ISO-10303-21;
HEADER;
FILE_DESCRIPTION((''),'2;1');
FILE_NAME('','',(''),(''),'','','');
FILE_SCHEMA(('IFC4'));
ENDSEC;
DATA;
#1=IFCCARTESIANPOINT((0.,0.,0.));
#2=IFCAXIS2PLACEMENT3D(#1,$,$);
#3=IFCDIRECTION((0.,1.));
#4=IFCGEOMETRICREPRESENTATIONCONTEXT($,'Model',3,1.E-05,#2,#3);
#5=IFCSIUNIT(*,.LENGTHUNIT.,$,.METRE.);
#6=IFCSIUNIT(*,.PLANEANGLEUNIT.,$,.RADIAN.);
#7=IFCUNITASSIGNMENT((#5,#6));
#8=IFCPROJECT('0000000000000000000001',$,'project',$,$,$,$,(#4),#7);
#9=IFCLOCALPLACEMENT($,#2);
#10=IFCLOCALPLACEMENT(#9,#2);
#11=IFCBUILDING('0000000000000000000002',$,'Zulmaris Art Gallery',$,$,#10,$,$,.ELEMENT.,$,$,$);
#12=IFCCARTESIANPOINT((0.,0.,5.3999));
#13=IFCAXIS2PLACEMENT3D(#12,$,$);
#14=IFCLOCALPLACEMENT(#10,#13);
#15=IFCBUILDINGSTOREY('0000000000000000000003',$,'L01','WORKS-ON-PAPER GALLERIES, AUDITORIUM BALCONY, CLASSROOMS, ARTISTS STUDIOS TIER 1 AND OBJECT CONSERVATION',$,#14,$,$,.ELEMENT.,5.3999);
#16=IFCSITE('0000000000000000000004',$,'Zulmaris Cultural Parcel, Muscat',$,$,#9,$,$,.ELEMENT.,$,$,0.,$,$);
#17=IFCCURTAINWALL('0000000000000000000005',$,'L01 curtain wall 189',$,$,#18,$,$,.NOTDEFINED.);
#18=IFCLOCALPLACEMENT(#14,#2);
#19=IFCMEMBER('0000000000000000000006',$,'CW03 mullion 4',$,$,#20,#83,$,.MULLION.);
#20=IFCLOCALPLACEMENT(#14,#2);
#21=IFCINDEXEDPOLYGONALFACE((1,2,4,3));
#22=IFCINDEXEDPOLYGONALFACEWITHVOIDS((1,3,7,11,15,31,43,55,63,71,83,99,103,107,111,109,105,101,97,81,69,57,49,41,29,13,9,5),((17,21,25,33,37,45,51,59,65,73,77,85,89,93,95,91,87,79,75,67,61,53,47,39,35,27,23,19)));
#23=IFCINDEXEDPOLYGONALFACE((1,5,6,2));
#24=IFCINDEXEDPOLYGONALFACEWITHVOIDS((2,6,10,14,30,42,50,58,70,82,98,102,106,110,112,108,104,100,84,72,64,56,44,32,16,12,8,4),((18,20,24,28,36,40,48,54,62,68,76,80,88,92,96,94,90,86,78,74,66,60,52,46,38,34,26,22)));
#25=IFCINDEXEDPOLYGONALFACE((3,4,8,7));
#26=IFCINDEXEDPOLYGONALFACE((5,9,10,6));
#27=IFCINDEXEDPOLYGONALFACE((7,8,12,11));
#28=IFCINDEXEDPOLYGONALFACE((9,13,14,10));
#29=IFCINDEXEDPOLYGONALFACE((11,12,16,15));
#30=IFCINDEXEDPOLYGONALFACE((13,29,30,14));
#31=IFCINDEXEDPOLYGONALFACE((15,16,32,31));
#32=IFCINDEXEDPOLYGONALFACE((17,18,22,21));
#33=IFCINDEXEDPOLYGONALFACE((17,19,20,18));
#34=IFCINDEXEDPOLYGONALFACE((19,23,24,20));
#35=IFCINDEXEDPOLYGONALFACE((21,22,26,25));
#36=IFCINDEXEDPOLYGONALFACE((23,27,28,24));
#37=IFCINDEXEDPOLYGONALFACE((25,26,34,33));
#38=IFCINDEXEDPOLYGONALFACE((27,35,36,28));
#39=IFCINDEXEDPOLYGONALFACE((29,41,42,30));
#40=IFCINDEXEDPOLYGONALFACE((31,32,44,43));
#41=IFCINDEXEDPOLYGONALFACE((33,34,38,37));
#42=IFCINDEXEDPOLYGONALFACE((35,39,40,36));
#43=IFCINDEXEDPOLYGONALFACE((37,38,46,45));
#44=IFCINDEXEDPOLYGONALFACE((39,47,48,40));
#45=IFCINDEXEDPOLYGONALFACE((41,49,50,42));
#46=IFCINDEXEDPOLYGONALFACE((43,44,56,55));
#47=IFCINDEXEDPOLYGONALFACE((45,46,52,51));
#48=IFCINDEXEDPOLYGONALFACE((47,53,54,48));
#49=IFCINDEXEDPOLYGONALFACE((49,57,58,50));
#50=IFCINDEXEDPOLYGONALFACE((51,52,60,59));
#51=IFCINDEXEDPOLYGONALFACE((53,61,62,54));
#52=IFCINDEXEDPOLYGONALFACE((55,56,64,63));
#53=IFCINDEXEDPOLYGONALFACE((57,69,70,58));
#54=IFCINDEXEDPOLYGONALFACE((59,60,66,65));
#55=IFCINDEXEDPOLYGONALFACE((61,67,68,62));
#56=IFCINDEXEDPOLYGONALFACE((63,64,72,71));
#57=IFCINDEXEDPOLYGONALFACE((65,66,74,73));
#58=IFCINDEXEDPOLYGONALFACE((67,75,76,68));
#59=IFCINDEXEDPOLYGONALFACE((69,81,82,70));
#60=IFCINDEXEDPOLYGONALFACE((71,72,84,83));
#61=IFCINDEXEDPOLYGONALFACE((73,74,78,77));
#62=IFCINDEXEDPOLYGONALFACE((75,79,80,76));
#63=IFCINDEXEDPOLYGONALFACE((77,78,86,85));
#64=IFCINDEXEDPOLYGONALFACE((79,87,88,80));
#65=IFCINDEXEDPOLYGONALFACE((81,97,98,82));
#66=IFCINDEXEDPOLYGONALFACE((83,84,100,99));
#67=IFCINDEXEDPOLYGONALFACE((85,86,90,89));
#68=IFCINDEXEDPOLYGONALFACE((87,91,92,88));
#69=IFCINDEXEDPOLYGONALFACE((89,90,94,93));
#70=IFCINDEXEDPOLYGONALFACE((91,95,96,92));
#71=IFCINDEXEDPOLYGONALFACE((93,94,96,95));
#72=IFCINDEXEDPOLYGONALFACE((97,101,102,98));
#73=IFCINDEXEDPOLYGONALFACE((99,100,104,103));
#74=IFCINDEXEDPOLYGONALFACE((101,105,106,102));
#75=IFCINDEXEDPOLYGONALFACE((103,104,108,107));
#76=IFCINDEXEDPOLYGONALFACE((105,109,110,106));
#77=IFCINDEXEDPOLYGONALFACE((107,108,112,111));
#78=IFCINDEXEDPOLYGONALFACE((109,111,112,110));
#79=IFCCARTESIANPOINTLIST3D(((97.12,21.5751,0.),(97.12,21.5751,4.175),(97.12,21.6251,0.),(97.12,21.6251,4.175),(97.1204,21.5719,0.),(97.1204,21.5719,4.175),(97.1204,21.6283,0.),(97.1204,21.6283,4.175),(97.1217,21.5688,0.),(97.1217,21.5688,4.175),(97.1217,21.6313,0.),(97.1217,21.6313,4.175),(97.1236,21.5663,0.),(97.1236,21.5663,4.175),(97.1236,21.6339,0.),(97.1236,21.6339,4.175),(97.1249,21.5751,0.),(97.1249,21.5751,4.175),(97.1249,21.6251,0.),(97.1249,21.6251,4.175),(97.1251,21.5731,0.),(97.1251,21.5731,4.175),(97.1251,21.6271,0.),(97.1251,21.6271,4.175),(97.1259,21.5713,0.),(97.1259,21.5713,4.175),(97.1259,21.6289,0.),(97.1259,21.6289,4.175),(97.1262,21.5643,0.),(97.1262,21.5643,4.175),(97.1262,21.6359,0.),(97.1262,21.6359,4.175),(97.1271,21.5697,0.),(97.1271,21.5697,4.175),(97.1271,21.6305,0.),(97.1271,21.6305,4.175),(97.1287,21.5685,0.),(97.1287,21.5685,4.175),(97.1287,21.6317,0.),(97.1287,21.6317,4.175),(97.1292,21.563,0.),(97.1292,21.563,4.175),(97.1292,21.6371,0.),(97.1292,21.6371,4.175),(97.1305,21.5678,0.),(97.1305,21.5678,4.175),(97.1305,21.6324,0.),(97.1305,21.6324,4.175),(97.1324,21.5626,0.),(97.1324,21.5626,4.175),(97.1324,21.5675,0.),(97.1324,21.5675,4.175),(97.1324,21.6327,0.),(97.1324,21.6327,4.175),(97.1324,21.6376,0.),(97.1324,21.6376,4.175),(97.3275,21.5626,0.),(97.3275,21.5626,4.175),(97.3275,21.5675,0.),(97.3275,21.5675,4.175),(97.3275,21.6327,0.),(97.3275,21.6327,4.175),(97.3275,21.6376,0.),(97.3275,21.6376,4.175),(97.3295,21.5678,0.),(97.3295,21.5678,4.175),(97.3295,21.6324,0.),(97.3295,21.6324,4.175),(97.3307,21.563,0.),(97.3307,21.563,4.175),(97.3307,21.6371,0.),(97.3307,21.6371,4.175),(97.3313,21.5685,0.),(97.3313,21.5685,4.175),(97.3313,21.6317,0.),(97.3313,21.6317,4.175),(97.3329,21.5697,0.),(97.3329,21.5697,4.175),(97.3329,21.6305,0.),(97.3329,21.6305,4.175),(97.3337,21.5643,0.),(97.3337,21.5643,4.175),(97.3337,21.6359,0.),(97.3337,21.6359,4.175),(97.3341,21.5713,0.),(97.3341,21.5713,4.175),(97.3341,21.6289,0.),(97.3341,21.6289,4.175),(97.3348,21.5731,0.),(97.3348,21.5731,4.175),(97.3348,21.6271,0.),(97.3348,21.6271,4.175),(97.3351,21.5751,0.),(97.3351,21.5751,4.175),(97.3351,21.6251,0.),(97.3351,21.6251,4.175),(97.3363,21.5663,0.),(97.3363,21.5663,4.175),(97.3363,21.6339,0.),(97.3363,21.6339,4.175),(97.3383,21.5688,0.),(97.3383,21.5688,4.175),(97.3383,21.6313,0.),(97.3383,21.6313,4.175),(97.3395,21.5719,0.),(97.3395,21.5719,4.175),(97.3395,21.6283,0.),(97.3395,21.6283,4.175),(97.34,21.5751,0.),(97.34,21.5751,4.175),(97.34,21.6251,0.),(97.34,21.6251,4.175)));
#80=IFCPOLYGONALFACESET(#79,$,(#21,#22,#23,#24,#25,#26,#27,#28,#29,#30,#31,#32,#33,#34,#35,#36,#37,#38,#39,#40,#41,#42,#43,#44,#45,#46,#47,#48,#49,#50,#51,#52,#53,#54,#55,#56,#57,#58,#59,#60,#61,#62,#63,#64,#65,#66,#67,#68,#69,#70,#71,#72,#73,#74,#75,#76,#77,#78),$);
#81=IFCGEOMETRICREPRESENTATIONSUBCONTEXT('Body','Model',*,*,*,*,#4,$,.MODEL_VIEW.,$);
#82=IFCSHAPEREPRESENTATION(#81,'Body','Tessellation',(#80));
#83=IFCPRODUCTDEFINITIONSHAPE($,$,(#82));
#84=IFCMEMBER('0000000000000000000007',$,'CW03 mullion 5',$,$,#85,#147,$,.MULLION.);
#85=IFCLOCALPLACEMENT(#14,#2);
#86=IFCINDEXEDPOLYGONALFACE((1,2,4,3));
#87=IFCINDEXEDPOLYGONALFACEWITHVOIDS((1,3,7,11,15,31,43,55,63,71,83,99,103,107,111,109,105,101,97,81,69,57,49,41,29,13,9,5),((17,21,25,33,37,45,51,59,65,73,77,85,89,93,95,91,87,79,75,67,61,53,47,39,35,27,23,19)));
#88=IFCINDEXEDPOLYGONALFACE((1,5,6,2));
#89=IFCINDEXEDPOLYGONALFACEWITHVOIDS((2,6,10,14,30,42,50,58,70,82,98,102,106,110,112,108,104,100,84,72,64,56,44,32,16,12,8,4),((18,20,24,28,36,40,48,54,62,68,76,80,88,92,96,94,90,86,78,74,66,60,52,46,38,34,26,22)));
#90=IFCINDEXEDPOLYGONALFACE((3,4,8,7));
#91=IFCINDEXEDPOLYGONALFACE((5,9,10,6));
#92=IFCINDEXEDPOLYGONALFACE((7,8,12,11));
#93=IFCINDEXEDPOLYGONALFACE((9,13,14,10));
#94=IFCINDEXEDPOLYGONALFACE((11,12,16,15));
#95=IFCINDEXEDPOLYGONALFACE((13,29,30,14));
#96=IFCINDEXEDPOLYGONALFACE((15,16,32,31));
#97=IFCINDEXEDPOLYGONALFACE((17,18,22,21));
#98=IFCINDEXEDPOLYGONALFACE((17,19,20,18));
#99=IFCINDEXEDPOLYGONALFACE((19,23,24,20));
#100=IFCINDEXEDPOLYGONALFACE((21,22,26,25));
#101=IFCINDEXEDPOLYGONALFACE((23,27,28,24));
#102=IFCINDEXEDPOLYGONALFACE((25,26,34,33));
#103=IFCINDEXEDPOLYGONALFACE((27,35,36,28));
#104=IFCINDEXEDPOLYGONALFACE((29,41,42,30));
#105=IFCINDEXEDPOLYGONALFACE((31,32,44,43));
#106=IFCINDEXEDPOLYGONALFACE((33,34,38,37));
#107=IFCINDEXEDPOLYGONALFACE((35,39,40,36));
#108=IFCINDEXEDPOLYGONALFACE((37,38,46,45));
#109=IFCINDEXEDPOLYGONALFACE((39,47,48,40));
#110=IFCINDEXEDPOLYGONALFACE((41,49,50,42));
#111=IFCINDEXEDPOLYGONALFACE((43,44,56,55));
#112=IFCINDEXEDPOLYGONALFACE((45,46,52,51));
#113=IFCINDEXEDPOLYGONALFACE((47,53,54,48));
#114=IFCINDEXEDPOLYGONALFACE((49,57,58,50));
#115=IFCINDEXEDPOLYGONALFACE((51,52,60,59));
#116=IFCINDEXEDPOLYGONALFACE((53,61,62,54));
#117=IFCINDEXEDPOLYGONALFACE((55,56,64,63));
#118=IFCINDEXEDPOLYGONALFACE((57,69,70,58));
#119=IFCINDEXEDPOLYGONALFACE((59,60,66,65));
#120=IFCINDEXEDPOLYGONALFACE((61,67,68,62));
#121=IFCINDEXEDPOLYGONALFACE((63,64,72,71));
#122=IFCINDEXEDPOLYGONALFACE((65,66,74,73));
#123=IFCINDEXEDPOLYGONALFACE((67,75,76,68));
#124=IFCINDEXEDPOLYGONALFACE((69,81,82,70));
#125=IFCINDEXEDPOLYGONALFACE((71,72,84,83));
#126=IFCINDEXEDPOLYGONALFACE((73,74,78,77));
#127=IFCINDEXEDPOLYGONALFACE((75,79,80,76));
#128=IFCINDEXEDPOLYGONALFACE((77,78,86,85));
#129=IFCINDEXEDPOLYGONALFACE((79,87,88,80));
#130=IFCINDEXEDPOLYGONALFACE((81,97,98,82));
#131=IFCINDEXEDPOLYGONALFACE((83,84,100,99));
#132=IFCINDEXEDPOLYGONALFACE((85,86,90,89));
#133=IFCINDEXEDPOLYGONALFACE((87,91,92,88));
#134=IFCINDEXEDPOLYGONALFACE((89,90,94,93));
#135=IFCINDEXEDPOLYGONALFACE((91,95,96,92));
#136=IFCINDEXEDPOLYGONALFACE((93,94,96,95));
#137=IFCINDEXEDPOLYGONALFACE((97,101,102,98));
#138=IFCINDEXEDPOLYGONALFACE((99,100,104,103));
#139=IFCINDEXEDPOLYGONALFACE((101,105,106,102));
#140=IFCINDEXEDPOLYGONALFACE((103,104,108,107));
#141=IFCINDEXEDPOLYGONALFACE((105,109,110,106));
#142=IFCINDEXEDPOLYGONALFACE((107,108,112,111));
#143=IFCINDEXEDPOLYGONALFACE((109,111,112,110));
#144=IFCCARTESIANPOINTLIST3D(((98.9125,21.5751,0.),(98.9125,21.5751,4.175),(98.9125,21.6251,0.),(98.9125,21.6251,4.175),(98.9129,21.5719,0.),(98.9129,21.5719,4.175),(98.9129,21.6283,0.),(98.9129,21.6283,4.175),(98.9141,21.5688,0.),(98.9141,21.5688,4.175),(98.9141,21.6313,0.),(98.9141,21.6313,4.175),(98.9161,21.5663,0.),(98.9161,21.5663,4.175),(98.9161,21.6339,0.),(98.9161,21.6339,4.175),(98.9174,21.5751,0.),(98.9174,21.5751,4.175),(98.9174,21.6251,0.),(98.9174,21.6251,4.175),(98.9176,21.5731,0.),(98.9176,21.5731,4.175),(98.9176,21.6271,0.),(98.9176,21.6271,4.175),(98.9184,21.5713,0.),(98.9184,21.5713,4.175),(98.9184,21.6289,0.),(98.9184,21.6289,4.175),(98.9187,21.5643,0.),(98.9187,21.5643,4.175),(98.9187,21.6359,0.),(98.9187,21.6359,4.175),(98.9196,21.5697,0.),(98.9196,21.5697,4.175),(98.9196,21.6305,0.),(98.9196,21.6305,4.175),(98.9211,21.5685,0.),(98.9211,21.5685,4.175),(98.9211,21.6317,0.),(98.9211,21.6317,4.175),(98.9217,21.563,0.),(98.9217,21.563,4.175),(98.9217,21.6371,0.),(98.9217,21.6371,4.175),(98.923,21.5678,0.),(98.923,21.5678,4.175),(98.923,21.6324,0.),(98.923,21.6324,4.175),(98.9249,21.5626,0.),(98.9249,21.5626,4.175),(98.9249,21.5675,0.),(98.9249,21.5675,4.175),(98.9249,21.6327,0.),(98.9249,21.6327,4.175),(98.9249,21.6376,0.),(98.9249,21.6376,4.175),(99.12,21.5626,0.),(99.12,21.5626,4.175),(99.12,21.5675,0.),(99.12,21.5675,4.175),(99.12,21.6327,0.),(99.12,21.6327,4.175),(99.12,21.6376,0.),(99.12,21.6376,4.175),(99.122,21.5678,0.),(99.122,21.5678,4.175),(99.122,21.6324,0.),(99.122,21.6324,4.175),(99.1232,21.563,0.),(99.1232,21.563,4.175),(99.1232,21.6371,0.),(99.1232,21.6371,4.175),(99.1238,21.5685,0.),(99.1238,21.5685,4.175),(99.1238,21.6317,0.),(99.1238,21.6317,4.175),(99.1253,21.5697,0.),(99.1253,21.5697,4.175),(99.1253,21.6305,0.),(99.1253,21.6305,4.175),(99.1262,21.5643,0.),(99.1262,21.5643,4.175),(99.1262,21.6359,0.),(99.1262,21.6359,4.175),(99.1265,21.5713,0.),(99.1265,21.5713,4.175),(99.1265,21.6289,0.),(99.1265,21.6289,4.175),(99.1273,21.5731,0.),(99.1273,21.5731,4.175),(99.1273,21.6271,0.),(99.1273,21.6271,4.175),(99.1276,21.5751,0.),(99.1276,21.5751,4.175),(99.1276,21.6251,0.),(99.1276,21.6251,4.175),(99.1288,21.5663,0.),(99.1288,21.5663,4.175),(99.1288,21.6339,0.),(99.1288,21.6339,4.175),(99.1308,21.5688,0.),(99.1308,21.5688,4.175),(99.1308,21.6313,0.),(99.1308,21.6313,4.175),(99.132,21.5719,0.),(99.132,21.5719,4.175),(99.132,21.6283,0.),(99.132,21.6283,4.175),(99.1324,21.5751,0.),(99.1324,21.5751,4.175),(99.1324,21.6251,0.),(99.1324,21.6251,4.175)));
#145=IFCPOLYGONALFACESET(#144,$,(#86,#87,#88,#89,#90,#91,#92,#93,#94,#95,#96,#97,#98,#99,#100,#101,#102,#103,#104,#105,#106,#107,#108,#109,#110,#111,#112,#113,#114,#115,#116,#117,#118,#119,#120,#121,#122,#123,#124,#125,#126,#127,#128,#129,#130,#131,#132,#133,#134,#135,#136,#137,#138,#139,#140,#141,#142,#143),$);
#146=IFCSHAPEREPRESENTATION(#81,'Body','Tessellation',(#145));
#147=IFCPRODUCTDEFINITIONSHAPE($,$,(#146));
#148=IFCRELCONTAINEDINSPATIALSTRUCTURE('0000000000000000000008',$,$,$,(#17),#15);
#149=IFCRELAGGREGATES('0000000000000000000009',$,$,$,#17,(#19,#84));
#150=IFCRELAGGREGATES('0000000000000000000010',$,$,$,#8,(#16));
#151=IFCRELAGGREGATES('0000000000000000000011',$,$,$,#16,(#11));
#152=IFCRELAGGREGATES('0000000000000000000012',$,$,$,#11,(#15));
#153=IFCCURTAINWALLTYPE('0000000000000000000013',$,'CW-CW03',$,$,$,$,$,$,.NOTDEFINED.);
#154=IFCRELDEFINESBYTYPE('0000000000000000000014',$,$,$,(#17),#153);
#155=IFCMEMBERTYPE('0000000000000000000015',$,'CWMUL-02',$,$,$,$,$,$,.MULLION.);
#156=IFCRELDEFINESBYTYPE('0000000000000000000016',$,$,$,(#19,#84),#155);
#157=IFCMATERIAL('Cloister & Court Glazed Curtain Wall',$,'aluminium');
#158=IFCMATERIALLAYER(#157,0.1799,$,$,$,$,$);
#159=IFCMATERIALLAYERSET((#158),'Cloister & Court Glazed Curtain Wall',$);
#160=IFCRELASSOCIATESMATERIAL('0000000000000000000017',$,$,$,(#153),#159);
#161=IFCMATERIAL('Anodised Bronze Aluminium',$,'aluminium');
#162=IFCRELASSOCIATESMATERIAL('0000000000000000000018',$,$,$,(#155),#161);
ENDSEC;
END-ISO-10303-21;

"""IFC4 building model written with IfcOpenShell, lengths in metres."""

from ifc_helpers import new_model, si_unit, direction, frame, origin, origin_2d, place, context, subcontext, project, spatial, hollow_rectangle, extrude, material, layer, layer_set, material_profile, profile_set, type_object, element, aggregate, save


model = new_model("IFC4")

# Units and contexts
model_context = context("Model", 3, precision=1e-05, world=origin(), true_north=direction((0.0, 1.0)))
body_context = subcontext(model_context, "Body", "Model", "MODEL_VIEW")
ifc_project = project(units=[si_unit("LENGTHUNIT", "METRE"), si_unit("PLANEANGLEUNIT", "RADIAN")], contexts=[model_context])

# Site, building, storey
site_placement = place(None, origin())
site = spatial("IfcSite", under=ifc_project, at=site_placement, Name="Zulmaris Cultural Parcel, Muscat", CompositionType="ELEMENT", RefElevation=0.0)
building_placement = place(site_placement, origin())
building = spatial("IfcBuilding", under=site, at=building_placement, Name="Zulmaris Art Gallery", CompositionType="ELEMENT")
storey_placement = place(building_placement, frame((0.0, 0.0, 5.3999)))
storey = spatial("IfcBuildingStorey", under=building, at=storey_placement, Name="L01", Description="WORKS-ON-PAPER GALLERIES, AUDITORIUM BALCONY, CLASSROOMS, ARTISTS STUDIOS TIER 1 AND OBJECT CONSERVATION", CompositionType="ELEMENT", Elevation=5.3999)

# Curtain wall, members
ifc_material_1 = material(Name="Cloister & Court Glazed Curtain Wall", Category="aluminium")
ifc_layer_1 = layer(ifc_material_1, 0.1799)
ifc_layer_set_1 = layer_set([ifc_layer_1], Name="Cloister & Court Glazed Curtain Wall")
curtain_wall_type = type_object("IfcCurtainWallType", Name="CW-CW03", PredefinedType="NOTDEFINED", material=ifc_layer_set_1)
curtain_wall_placement = place(storey_placement, origin())
curtain_wall = element("IfcCurtainWall", 1, at=curtain_wall_placement, inside=storey, type_object=curtain_wall_type, Name="L01 curtain wall 189", PredefinedType="NOTDEFINED")
ifc_material_2 = material(Name="Anodised Bronze Aluminium", Category="aluminium")
ifc_material_profile_1 = material_profile(ifc_material_2, hollow_rectangle(XDim=0.075, YDim=0.22, WallThickness=0.0049, InnerFilletRadius=0.0076, OuterFilletRadius=0.0125, at=origin_2d()), Name="ALU 75x220x5")
ifc_profile_set_1 = profile_set([ifc_material_profile_1], Name="Anodised Bronze Aluminium")
member_type_1 = type_object("IfcMemberType", Name="CWMUL-02", PredefinedType="MULLION", material=ifc_profile_set_1)
member_1_placement = place(storey_placement, frame((97.23, 21.6001, 0.0), z_axis=(0.0, 0.0, 1.0), x_axis=(0.0, 1.0, 0.0)))
member_1 = element("IfcMember", 2, at=member_1_placement, type_object=member_type_1, Name="CW03 mullion 4", PredefinedType="MULLION", context=body_context, shape_type="SweptSolid", body=[
    extrude(hollow_rectangle(XDim=0.075, YDim=0.22, WallThickness=0.0049, InnerFilletRadius=0.0076, OuterFilletRadius=0.0125, at=origin_2d()), origin(), (0.0, 0.0, 1.0), 4.175),
])
member_2_placement = place(storey_placement, frame((99.0225, 21.6001, 0.0), z_axis=(0.0, 0.0, 1.0), x_axis=(0.0, 1.0, 0.0)))
member_2 = element("IfcMember", 3, at=member_2_placement, type_object=member_type_1, Name="CW03 mullion 5", PredefinedType="MULLION", context=body_context, shape_type="SweptSolid", body=[
    extrude(hollow_rectangle(XDim=0.075, YDim=0.22, WallThickness=0.0049, InnerFilletRadius=0.0076, OuterFilletRadius=0.0125, at=origin_2d()), origin(), (0.0, 0.0, 1.0), 4.175),
])
aggregate(curtain_wall, [member_1, member_2])

save(model, "model.ifc")
